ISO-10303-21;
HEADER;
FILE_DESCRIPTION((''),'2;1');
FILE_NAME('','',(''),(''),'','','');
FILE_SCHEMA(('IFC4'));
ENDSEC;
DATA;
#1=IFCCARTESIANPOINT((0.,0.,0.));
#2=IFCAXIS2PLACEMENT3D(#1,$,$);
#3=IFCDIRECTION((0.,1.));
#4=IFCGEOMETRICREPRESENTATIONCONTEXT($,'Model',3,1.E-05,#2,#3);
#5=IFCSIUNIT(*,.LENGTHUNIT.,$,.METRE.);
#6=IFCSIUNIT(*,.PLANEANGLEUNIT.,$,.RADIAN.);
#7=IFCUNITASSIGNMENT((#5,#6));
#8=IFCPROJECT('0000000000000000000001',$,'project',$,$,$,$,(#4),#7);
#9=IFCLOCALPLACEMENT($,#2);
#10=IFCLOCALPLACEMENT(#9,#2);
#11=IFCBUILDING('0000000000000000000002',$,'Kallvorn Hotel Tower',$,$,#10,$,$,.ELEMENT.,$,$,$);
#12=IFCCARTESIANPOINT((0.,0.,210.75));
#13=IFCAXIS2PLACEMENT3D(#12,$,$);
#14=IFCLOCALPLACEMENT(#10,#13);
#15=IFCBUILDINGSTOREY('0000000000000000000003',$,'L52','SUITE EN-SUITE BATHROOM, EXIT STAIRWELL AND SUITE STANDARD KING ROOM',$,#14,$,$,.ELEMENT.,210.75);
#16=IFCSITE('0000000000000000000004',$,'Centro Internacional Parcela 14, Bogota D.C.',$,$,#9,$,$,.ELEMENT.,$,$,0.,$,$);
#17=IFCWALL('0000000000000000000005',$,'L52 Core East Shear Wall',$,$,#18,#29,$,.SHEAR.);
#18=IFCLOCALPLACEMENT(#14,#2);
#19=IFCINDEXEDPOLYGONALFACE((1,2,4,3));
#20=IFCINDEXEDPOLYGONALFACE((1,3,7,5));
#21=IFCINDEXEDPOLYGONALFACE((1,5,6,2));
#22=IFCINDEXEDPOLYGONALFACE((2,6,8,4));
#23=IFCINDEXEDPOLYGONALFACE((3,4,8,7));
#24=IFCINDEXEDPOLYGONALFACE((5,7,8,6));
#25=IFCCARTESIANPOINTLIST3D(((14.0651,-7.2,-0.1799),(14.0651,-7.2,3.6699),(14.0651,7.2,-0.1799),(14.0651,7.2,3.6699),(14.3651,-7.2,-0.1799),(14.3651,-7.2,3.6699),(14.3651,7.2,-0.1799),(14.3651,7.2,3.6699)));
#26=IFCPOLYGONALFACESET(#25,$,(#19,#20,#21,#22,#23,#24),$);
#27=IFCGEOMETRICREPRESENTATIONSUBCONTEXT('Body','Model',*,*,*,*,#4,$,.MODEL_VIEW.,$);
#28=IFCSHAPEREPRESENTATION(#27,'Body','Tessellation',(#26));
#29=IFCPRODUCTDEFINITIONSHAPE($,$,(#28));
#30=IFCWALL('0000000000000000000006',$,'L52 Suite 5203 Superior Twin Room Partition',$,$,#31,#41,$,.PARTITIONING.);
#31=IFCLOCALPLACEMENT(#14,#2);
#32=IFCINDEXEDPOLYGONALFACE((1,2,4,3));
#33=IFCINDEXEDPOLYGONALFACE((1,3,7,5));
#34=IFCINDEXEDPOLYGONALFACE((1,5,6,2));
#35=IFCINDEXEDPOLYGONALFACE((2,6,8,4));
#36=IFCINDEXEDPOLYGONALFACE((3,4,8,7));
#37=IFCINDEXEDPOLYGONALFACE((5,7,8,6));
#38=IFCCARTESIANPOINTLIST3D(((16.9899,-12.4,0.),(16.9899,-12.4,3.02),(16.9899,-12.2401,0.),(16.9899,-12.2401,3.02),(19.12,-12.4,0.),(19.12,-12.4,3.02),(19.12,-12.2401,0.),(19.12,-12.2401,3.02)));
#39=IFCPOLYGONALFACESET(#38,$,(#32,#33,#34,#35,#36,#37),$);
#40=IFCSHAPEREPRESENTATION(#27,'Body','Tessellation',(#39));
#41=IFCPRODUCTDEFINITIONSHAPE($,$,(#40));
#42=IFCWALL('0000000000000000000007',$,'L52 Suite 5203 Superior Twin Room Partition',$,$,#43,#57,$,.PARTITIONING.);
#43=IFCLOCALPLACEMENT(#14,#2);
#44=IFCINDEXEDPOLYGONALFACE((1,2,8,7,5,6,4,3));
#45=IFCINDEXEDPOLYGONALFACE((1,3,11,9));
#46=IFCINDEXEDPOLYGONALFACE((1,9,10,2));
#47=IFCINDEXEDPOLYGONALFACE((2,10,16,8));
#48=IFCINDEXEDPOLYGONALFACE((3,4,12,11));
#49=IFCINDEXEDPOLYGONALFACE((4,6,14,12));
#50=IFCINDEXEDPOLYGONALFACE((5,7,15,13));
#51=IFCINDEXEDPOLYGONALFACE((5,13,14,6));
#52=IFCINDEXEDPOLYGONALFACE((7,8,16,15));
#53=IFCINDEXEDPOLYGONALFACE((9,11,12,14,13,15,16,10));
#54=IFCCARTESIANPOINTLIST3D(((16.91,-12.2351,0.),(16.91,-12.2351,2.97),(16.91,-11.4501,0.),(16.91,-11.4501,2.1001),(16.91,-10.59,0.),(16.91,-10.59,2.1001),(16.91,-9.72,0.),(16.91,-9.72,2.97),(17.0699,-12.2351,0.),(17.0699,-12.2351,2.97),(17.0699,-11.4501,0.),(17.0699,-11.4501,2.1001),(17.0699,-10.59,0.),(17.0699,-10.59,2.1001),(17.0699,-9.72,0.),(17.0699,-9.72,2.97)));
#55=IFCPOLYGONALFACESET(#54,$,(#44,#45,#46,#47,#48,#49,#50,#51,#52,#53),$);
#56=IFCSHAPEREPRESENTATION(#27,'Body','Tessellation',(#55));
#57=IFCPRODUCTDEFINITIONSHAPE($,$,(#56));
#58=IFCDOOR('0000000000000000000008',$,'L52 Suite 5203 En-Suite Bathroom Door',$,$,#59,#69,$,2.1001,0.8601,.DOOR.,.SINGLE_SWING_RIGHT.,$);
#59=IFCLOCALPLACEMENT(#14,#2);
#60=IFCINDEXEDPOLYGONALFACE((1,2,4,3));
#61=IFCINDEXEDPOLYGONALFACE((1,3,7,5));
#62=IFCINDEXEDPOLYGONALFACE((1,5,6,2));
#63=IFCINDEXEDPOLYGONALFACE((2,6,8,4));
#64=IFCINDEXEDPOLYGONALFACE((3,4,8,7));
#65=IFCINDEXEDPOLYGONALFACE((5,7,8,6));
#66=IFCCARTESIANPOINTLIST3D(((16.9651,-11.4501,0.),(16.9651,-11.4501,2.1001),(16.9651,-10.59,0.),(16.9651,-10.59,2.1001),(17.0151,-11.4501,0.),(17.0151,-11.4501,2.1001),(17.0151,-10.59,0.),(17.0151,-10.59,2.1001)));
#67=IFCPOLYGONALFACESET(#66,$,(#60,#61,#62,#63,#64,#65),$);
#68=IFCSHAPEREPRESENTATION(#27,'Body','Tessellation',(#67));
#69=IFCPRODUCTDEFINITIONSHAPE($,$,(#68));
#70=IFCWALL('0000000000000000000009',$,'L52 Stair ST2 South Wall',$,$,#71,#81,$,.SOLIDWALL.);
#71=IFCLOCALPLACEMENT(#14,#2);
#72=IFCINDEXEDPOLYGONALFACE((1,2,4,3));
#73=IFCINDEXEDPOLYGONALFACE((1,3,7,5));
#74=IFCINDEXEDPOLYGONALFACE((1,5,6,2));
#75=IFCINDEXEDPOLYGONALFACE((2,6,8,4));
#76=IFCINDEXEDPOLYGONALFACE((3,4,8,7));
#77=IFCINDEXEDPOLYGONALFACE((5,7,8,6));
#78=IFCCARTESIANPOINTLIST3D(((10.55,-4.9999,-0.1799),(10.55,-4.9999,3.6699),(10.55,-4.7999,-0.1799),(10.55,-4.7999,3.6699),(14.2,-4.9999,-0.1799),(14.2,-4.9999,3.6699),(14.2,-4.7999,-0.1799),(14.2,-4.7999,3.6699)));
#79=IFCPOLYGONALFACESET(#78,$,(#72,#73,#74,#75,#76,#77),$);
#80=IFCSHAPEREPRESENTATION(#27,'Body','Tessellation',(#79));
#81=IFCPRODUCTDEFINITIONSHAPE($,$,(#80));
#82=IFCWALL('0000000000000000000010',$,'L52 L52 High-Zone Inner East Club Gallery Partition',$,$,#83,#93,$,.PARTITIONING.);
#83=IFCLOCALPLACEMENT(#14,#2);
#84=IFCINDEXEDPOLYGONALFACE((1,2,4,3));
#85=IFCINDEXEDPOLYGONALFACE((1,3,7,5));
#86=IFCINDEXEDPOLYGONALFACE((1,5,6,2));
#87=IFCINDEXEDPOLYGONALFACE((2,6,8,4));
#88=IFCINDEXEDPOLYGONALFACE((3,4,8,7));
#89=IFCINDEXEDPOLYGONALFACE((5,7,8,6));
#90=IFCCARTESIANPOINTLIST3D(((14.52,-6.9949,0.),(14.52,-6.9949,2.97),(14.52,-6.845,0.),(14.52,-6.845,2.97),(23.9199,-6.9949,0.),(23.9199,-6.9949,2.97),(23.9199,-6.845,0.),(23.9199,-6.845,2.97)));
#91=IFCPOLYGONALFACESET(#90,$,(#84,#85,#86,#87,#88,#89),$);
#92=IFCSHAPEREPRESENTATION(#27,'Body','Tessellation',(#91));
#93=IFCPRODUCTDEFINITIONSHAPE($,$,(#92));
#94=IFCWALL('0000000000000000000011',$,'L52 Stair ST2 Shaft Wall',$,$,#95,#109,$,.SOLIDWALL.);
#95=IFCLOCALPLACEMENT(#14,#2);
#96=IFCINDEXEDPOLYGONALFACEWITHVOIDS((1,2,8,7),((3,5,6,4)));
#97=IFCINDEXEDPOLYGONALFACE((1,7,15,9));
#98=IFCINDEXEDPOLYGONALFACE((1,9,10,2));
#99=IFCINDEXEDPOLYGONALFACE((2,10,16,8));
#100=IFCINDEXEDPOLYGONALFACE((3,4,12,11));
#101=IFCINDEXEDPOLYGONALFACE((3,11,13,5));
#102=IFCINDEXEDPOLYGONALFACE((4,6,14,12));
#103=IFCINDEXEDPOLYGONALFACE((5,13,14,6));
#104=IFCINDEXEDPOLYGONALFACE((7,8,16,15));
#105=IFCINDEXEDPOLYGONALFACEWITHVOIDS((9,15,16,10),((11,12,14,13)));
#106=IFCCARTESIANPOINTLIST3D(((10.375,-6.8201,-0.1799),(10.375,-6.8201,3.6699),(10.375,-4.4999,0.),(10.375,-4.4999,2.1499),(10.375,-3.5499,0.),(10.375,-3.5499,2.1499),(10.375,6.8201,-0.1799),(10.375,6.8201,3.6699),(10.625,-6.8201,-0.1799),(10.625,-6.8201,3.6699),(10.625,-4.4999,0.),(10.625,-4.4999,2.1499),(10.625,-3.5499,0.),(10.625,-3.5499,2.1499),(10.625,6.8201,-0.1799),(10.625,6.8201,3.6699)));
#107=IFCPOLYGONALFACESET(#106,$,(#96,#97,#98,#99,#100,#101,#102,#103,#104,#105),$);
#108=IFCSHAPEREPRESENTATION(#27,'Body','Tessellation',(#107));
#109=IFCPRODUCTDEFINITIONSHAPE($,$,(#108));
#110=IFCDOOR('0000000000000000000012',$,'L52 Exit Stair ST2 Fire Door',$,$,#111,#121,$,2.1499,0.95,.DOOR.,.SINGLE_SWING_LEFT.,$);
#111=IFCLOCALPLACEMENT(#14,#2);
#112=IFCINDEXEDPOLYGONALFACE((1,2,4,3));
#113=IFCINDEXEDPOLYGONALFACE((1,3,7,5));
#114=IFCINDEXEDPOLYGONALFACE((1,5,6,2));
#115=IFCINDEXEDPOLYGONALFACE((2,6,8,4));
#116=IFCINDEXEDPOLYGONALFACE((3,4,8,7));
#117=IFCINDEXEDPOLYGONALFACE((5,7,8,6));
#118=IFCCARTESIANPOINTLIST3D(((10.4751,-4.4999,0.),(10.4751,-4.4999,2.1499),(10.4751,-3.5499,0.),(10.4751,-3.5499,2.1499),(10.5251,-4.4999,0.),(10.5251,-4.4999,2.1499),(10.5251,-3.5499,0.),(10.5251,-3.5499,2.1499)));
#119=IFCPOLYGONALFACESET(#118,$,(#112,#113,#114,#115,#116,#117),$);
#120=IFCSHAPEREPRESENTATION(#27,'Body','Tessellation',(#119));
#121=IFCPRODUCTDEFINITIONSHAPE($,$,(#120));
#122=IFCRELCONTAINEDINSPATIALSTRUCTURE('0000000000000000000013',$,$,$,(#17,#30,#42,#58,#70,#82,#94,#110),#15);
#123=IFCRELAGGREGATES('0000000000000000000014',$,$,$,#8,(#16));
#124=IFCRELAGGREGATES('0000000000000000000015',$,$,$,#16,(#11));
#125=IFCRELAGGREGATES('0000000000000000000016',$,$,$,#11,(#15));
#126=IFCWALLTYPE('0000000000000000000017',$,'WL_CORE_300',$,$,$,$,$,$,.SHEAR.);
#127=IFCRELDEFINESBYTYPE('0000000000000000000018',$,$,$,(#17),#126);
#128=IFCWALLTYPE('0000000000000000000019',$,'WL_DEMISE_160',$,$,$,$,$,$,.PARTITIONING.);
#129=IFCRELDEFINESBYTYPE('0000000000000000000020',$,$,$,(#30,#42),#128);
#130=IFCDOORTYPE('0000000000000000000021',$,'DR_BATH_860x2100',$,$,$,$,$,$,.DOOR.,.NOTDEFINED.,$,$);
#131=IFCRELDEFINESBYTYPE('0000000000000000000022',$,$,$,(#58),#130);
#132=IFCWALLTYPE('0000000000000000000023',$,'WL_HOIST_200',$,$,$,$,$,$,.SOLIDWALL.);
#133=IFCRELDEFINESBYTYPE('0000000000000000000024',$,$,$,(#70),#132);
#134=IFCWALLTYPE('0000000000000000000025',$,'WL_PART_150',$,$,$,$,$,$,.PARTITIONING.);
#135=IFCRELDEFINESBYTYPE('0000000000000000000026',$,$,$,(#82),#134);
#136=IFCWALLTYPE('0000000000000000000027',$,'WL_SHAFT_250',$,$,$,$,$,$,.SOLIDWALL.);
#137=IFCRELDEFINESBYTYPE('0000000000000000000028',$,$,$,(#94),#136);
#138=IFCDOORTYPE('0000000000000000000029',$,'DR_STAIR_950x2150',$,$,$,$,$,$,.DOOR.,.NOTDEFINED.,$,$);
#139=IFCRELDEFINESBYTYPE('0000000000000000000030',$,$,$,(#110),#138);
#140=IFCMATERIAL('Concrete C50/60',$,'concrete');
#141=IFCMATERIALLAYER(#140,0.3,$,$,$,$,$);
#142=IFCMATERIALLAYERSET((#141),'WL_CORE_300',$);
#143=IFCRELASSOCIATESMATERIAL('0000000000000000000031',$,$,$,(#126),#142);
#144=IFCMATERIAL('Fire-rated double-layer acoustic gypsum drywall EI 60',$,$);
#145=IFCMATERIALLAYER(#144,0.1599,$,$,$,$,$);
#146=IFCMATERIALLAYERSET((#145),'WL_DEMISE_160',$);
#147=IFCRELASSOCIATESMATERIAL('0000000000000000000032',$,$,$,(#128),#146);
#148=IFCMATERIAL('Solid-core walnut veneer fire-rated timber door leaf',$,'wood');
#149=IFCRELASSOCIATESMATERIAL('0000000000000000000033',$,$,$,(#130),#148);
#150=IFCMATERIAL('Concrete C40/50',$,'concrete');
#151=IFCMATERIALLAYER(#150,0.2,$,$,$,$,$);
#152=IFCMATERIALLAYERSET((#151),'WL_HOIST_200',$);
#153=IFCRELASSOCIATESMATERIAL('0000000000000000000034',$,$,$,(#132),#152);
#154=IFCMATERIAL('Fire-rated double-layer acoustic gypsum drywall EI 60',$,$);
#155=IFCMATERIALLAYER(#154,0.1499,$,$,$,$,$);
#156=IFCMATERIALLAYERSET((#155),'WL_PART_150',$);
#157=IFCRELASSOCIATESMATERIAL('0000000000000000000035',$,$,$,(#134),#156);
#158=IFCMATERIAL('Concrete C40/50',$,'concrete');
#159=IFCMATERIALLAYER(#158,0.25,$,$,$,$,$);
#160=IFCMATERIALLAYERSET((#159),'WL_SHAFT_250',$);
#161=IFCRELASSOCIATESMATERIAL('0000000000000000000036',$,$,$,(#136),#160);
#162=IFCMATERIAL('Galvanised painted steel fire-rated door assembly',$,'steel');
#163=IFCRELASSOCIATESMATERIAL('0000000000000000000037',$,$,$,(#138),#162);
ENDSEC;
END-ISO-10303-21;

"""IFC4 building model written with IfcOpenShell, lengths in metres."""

from ifc_helpers import new_model, si_unit, direction, frame, frame_2d, origin, place, context, subcontext, project, spatial, rectangle, extrude, material, layer, layer_set, type_object, element, fill, save


model = new_model("IFC4")

# Units and contexts
model_context = context("Model", 3, precision=1e-05, world=origin(), true_north=direction((0.0, 1.0)))
body_context = subcontext(model_context, "Body", "Model", "MODEL_VIEW")
ifc_project = project(units=[si_unit("LENGTHUNIT", "METRE"), si_unit("PLANEANGLEUNIT", "RADIAN")], contexts=[model_context])

# Site, building, storey
site_placement = place(None, origin())
site = spatial("IfcSite", under=ifc_project, at=site_placement, Name="Centro Internacional Parcela 14, Bogota D.C.", CompositionType="ELEMENT", RefElevation=0.0)
building_placement = place(site_placement, origin())
building = spatial("IfcBuilding", under=site, at=building_placement, Name="Kallvorn Hotel Tower", CompositionType="ELEMENT")
storey_placement = place(building_placement, frame((0.0, 0.0, 210.75)))
storey = spatial("IfcBuildingStorey", under=building, at=storey_placement, Name="L52", Description="SUITE EN-SUITE BATHROOM, EXIT STAIRWELL AND SUITE STANDARD KING ROOM", CompositionType="ELEMENT", Elevation=210.75)

# Walls
ifc_material_1 = material(Name="Concrete C50/60", Category="concrete")
ifc_layer_1 = layer(ifc_material_1, 0.3)
ifc_layer_set_1 = layer_set([ifc_layer_1], Name="WL_CORE_300")
wall_type_1 = type_object("IfcWallType", Name="WL_CORE_300", PredefinedType="SHEAR", material=ifc_layer_set_1)
wall_1_placement = place(storey_placement, frame((14.2151, -7.2, -0.1799), z_axis=(0.0, 0.0, 1.0), x_axis=(0.0, 1.0, 0.0)))
element("IfcWall", 1, at=wall_1_placement, inside=storey, type_object=wall_type_1, Name="L52 Core East Shear Wall", PredefinedType="SHEAR", context=body_context, shape_type="SweptSolid", body=[
    extrude(rectangle(XDim=14.3999, YDim=0.3, at=frame_2d((7.2, 0.0))), origin(), (0.0, 0.0, 1.0), 3.8499),
])
ifc_material_2 = material(Name="Fire-rated double-layer acoustic gypsum drywall EI 60")
ifc_layer_2 = layer(ifc_material_2, 0.1599)
ifc_layer_set_2 = layer_set([ifc_layer_2], Name="WL_DEMISE_160")
wall_type_2 = type_object("IfcWallType", Name="WL_DEMISE_160", PredefinedType="PARTITIONING", material=ifc_layer_set_2)
wall_2_placement = place(storey_placement, frame((16.99, -12.3201, 0.0), z_axis=(0.0, 0.0, 1.0), x_axis=(1.0, 0.0, 0.0)))
element("IfcWall", 2, at=wall_2_placement, inside=storey, type_object=wall_type_2, Name="L52 Suite 5203 Superior Twin Room Partition", PredefinedType="PARTITIONING", context=body_context, shape_type="SweptSolid", body=[
    extrude(rectangle(XDim=2.1301, YDim=0.1599, at=frame_2d((1.0649, 0.0))), origin(), (0.0, 0.0, 1.0), 3.02),
])

# Wall, opening, door
wall_3_placement = place(storey_placement, frame((16.99, -12.2351, 0.0), z_axis=(0.0, 0.0, 1.0), x_axis=(0.0, 1.0, 0.0)))
wall_3 = element("IfcWall", 3, at=wall_3_placement, inside=storey, type_object=wall_type_2, Name="L52 Suite 5203 Superior Twin Room Partition", PredefinedType="PARTITIONING", context=body_context, shape_type="SweptSolid", body=[
    extrude(rectangle(XDim=2.5151, YDim=0.1599, at=frame_2d((1.2576, 0.0))), origin(), (0.0, 0.0, 1.0), 2.97),
])
opening_1_placement = place(wall_3_placement, frame((0.7849, 0.0, 0.0)))
opening_1 = element("IfcOpeningElement", 4, at=opening_1_placement, cuts=wall_3, PredefinedType="OPENING", context=body_context, shape_type="SweptSolid", body=[
    extrude(rectangle(XDim=0.8601, YDim=2.1001, at=frame_2d((0.4302, 1.05))), frame((0.0, 0.095, 0.0), z_axis=(0.0, -1.0, 0.0), x_axis=(1.0, 0.0, 0.0)), (0.0, 0.0, 1.0), 0.1899),
])
ifc_material_3 = material(Name="Solid-core walnut veneer fire-rated timber door leaf", Category="wood")
door_type_1 = type_object("IfcDoorType", Name="DR_BATH_860x2100", OperationType="NOTDEFINED", PredefinedType="DOOR", material=ifc_material_3)
door_1_placement = place(opening_1_placement, origin())
door_1 = element("IfcDoor", 5, at=door_1_placement, inside=storey, type_object=door_type_1, Name="L52 Suite 5203 En-Suite Bathroom Door", OperationType="SINGLE_SWING_RIGHT", OverallHeight=2.1001, OverallWidth=0.8601, PredefinedType="DOOR", context=body_context, shape_type="SweptSolid", body=[
    extrude(rectangle(XDim=0.8601, YDim=2.1001, at=frame_2d((0.4302, 1.05))), frame((0.0, 0.0249, 0.0), z_axis=(0.0, -1.0, 0.0), x_axis=(1.0, 0.0, 0.0)), (0.0, 0.0, 1.0), 0.05),
])
fill(opening_1, door_1)

# Walls
ifc_material_4 = material(Name="Concrete C40/50", Category="concrete")
ifc_layer_3 = layer(ifc_material_4, 0.2)
ifc_layer_set_3 = layer_set([ifc_layer_3], Name="WL_HOIST_200")
wall_type_3 = type_object("IfcWallType", Name="WL_HOIST_200", PredefinedType="SOLIDWALL", material=ifc_layer_set_3)
wall_4_placement = place(storey_placement, frame((10.55, -4.8999, -0.1799), z_axis=(0.0, 0.0, 1.0), x_axis=(1.0, 0.0, 0.0)))
element("IfcWall", 6, at=wall_4_placement, inside=storey, type_object=wall_type_3, Name="L52 Stair ST2 South Wall", PredefinedType="SOLIDWALL", context=body_context, shape_type="SweptSolid", body=[
    extrude(rectangle(XDim=3.6499, YDim=0.2, at=frame_2d((1.825, 0.0))), origin(), (0.0, 0.0, 1.0), 3.8499),
])
ifc_material_5 = material(Name="Fire-rated double-layer acoustic gypsum drywall EI 60")
ifc_layer_4 = layer(ifc_material_5, 0.1499)
ifc_layer_set_4 = layer_set([ifc_layer_4], Name="WL_PART_150")
wall_type_4 = type_object("IfcWallType", Name="WL_PART_150", PredefinedType="PARTITIONING", material=ifc_layer_set_4)
wall_5_placement = place(storey_placement, frame((14.52, -6.9199, 0.0), z_axis=(0.0, 0.0, 1.0), x_axis=(1.0, 0.0, 0.0)))
element("IfcWall", 7, at=wall_5_placement, inside=storey, type_object=wall_type_4, Name="L52 L52 High-Zone Inner East Club Gallery Partition", PredefinedType="PARTITIONING", context=body_context, shape_type="SweptSolid", body=[
    extrude(rectangle(XDim=9.3999, YDim=0.1499, at=frame_2d((4.7, 0.0))), origin(), (0.0, 0.0, 1.0), 2.97),
])

# Wall, opening, door
ifc_material_6 = material(Name="Concrete C40/50", Category="concrete")
ifc_layer_5 = layer(ifc_material_6, 0.25)
ifc_layer_set_5 = layer_set([ifc_layer_5], Name="WL_SHAFT_250")
wall_type_5 = type_object("IfcWallType", Name="WL_SHAFT_250", PredefinedType="SOLIDWALL", material=ifc_layer_set_5)
wall_6_placement = place(storey_placement, frame((10.5, -6.8201, -0.1799), z_axis=(0.0, 0.0, 1.0), x_axis=(0.0, 1.0, 0.0)))
wall_6 = element("IfcWall", 8, at=wall_6_placement, inside=storey, type_object=wall_type_5, Name="L52 Stair ST2 Shaft Wall", PredefinedType="SOLIDWALL", context=body_context, shape_type="SweptSolid", body=[
    extrude(rectangle(XDim=13.6401, YDim=0.25, at=frame_2d((6.8201, 0.0))), origin(), (0.0, 0.0, 1.0), 3.8499),
])
opening_2_placement = place(wall_6_placement, frame((2.3201, 0.0, 0.1799)))
opening_2 = element("IfcOpeningElement", 9, at=opening_2_placement, cuts=wall_6, PredefinedType="OPENING", context=body_context, shape_type="SweptSolid", body=[
    extrude(rectangle(XDim=0.95, YDim=2.1499, at=frame_2d((0.4751, 1.075))), frame((0.0, 0.1399, 0.0), z_axis=(0.0, -1.0, 0.0), x_axis=(1.0, 0.0, 0.0)), (0.0, 0.0, 1.0), 0.28),
])
ifc_material_7 = material(Name="Galvanised painted steel fire-rated door assembly", Category="steel")
door_type_2 = type_object("IfcDoorType", Name="DR_STAIR_950x2150", OperationType="NOTDEFINED", PredefinedType="DOOR", material=ifc_material_7)
door_2_placement = place(opening_2_placement, origin())
door_2 = element("IfcDoor", 10, at=door_2_placement, inside=storey, type_object=door_type_2, Name="L52 Exit Stair ST2 Fire Door", OperationType="SINGLE_SWING_LEFT", OverallHeight=2.1499, OverallWidth=0.95, PredefinedType="DOOR", context=body_context, shape_type="SweptSolid", body=[
    extrude(rectangle(XDim=0.95, YDim=2.1499, at=frame_2d((0.4751, 1.075))), frame((0.0, 0.0249, 0.0), z_axis=(0.0, -1.0, 0.0), x_axis=(1.0, 0.0, 0.0)), (0.0, 0.0, 1.0), 0.05),
])
fill(opening_2, door_2)

save(model, "model.ifc")
